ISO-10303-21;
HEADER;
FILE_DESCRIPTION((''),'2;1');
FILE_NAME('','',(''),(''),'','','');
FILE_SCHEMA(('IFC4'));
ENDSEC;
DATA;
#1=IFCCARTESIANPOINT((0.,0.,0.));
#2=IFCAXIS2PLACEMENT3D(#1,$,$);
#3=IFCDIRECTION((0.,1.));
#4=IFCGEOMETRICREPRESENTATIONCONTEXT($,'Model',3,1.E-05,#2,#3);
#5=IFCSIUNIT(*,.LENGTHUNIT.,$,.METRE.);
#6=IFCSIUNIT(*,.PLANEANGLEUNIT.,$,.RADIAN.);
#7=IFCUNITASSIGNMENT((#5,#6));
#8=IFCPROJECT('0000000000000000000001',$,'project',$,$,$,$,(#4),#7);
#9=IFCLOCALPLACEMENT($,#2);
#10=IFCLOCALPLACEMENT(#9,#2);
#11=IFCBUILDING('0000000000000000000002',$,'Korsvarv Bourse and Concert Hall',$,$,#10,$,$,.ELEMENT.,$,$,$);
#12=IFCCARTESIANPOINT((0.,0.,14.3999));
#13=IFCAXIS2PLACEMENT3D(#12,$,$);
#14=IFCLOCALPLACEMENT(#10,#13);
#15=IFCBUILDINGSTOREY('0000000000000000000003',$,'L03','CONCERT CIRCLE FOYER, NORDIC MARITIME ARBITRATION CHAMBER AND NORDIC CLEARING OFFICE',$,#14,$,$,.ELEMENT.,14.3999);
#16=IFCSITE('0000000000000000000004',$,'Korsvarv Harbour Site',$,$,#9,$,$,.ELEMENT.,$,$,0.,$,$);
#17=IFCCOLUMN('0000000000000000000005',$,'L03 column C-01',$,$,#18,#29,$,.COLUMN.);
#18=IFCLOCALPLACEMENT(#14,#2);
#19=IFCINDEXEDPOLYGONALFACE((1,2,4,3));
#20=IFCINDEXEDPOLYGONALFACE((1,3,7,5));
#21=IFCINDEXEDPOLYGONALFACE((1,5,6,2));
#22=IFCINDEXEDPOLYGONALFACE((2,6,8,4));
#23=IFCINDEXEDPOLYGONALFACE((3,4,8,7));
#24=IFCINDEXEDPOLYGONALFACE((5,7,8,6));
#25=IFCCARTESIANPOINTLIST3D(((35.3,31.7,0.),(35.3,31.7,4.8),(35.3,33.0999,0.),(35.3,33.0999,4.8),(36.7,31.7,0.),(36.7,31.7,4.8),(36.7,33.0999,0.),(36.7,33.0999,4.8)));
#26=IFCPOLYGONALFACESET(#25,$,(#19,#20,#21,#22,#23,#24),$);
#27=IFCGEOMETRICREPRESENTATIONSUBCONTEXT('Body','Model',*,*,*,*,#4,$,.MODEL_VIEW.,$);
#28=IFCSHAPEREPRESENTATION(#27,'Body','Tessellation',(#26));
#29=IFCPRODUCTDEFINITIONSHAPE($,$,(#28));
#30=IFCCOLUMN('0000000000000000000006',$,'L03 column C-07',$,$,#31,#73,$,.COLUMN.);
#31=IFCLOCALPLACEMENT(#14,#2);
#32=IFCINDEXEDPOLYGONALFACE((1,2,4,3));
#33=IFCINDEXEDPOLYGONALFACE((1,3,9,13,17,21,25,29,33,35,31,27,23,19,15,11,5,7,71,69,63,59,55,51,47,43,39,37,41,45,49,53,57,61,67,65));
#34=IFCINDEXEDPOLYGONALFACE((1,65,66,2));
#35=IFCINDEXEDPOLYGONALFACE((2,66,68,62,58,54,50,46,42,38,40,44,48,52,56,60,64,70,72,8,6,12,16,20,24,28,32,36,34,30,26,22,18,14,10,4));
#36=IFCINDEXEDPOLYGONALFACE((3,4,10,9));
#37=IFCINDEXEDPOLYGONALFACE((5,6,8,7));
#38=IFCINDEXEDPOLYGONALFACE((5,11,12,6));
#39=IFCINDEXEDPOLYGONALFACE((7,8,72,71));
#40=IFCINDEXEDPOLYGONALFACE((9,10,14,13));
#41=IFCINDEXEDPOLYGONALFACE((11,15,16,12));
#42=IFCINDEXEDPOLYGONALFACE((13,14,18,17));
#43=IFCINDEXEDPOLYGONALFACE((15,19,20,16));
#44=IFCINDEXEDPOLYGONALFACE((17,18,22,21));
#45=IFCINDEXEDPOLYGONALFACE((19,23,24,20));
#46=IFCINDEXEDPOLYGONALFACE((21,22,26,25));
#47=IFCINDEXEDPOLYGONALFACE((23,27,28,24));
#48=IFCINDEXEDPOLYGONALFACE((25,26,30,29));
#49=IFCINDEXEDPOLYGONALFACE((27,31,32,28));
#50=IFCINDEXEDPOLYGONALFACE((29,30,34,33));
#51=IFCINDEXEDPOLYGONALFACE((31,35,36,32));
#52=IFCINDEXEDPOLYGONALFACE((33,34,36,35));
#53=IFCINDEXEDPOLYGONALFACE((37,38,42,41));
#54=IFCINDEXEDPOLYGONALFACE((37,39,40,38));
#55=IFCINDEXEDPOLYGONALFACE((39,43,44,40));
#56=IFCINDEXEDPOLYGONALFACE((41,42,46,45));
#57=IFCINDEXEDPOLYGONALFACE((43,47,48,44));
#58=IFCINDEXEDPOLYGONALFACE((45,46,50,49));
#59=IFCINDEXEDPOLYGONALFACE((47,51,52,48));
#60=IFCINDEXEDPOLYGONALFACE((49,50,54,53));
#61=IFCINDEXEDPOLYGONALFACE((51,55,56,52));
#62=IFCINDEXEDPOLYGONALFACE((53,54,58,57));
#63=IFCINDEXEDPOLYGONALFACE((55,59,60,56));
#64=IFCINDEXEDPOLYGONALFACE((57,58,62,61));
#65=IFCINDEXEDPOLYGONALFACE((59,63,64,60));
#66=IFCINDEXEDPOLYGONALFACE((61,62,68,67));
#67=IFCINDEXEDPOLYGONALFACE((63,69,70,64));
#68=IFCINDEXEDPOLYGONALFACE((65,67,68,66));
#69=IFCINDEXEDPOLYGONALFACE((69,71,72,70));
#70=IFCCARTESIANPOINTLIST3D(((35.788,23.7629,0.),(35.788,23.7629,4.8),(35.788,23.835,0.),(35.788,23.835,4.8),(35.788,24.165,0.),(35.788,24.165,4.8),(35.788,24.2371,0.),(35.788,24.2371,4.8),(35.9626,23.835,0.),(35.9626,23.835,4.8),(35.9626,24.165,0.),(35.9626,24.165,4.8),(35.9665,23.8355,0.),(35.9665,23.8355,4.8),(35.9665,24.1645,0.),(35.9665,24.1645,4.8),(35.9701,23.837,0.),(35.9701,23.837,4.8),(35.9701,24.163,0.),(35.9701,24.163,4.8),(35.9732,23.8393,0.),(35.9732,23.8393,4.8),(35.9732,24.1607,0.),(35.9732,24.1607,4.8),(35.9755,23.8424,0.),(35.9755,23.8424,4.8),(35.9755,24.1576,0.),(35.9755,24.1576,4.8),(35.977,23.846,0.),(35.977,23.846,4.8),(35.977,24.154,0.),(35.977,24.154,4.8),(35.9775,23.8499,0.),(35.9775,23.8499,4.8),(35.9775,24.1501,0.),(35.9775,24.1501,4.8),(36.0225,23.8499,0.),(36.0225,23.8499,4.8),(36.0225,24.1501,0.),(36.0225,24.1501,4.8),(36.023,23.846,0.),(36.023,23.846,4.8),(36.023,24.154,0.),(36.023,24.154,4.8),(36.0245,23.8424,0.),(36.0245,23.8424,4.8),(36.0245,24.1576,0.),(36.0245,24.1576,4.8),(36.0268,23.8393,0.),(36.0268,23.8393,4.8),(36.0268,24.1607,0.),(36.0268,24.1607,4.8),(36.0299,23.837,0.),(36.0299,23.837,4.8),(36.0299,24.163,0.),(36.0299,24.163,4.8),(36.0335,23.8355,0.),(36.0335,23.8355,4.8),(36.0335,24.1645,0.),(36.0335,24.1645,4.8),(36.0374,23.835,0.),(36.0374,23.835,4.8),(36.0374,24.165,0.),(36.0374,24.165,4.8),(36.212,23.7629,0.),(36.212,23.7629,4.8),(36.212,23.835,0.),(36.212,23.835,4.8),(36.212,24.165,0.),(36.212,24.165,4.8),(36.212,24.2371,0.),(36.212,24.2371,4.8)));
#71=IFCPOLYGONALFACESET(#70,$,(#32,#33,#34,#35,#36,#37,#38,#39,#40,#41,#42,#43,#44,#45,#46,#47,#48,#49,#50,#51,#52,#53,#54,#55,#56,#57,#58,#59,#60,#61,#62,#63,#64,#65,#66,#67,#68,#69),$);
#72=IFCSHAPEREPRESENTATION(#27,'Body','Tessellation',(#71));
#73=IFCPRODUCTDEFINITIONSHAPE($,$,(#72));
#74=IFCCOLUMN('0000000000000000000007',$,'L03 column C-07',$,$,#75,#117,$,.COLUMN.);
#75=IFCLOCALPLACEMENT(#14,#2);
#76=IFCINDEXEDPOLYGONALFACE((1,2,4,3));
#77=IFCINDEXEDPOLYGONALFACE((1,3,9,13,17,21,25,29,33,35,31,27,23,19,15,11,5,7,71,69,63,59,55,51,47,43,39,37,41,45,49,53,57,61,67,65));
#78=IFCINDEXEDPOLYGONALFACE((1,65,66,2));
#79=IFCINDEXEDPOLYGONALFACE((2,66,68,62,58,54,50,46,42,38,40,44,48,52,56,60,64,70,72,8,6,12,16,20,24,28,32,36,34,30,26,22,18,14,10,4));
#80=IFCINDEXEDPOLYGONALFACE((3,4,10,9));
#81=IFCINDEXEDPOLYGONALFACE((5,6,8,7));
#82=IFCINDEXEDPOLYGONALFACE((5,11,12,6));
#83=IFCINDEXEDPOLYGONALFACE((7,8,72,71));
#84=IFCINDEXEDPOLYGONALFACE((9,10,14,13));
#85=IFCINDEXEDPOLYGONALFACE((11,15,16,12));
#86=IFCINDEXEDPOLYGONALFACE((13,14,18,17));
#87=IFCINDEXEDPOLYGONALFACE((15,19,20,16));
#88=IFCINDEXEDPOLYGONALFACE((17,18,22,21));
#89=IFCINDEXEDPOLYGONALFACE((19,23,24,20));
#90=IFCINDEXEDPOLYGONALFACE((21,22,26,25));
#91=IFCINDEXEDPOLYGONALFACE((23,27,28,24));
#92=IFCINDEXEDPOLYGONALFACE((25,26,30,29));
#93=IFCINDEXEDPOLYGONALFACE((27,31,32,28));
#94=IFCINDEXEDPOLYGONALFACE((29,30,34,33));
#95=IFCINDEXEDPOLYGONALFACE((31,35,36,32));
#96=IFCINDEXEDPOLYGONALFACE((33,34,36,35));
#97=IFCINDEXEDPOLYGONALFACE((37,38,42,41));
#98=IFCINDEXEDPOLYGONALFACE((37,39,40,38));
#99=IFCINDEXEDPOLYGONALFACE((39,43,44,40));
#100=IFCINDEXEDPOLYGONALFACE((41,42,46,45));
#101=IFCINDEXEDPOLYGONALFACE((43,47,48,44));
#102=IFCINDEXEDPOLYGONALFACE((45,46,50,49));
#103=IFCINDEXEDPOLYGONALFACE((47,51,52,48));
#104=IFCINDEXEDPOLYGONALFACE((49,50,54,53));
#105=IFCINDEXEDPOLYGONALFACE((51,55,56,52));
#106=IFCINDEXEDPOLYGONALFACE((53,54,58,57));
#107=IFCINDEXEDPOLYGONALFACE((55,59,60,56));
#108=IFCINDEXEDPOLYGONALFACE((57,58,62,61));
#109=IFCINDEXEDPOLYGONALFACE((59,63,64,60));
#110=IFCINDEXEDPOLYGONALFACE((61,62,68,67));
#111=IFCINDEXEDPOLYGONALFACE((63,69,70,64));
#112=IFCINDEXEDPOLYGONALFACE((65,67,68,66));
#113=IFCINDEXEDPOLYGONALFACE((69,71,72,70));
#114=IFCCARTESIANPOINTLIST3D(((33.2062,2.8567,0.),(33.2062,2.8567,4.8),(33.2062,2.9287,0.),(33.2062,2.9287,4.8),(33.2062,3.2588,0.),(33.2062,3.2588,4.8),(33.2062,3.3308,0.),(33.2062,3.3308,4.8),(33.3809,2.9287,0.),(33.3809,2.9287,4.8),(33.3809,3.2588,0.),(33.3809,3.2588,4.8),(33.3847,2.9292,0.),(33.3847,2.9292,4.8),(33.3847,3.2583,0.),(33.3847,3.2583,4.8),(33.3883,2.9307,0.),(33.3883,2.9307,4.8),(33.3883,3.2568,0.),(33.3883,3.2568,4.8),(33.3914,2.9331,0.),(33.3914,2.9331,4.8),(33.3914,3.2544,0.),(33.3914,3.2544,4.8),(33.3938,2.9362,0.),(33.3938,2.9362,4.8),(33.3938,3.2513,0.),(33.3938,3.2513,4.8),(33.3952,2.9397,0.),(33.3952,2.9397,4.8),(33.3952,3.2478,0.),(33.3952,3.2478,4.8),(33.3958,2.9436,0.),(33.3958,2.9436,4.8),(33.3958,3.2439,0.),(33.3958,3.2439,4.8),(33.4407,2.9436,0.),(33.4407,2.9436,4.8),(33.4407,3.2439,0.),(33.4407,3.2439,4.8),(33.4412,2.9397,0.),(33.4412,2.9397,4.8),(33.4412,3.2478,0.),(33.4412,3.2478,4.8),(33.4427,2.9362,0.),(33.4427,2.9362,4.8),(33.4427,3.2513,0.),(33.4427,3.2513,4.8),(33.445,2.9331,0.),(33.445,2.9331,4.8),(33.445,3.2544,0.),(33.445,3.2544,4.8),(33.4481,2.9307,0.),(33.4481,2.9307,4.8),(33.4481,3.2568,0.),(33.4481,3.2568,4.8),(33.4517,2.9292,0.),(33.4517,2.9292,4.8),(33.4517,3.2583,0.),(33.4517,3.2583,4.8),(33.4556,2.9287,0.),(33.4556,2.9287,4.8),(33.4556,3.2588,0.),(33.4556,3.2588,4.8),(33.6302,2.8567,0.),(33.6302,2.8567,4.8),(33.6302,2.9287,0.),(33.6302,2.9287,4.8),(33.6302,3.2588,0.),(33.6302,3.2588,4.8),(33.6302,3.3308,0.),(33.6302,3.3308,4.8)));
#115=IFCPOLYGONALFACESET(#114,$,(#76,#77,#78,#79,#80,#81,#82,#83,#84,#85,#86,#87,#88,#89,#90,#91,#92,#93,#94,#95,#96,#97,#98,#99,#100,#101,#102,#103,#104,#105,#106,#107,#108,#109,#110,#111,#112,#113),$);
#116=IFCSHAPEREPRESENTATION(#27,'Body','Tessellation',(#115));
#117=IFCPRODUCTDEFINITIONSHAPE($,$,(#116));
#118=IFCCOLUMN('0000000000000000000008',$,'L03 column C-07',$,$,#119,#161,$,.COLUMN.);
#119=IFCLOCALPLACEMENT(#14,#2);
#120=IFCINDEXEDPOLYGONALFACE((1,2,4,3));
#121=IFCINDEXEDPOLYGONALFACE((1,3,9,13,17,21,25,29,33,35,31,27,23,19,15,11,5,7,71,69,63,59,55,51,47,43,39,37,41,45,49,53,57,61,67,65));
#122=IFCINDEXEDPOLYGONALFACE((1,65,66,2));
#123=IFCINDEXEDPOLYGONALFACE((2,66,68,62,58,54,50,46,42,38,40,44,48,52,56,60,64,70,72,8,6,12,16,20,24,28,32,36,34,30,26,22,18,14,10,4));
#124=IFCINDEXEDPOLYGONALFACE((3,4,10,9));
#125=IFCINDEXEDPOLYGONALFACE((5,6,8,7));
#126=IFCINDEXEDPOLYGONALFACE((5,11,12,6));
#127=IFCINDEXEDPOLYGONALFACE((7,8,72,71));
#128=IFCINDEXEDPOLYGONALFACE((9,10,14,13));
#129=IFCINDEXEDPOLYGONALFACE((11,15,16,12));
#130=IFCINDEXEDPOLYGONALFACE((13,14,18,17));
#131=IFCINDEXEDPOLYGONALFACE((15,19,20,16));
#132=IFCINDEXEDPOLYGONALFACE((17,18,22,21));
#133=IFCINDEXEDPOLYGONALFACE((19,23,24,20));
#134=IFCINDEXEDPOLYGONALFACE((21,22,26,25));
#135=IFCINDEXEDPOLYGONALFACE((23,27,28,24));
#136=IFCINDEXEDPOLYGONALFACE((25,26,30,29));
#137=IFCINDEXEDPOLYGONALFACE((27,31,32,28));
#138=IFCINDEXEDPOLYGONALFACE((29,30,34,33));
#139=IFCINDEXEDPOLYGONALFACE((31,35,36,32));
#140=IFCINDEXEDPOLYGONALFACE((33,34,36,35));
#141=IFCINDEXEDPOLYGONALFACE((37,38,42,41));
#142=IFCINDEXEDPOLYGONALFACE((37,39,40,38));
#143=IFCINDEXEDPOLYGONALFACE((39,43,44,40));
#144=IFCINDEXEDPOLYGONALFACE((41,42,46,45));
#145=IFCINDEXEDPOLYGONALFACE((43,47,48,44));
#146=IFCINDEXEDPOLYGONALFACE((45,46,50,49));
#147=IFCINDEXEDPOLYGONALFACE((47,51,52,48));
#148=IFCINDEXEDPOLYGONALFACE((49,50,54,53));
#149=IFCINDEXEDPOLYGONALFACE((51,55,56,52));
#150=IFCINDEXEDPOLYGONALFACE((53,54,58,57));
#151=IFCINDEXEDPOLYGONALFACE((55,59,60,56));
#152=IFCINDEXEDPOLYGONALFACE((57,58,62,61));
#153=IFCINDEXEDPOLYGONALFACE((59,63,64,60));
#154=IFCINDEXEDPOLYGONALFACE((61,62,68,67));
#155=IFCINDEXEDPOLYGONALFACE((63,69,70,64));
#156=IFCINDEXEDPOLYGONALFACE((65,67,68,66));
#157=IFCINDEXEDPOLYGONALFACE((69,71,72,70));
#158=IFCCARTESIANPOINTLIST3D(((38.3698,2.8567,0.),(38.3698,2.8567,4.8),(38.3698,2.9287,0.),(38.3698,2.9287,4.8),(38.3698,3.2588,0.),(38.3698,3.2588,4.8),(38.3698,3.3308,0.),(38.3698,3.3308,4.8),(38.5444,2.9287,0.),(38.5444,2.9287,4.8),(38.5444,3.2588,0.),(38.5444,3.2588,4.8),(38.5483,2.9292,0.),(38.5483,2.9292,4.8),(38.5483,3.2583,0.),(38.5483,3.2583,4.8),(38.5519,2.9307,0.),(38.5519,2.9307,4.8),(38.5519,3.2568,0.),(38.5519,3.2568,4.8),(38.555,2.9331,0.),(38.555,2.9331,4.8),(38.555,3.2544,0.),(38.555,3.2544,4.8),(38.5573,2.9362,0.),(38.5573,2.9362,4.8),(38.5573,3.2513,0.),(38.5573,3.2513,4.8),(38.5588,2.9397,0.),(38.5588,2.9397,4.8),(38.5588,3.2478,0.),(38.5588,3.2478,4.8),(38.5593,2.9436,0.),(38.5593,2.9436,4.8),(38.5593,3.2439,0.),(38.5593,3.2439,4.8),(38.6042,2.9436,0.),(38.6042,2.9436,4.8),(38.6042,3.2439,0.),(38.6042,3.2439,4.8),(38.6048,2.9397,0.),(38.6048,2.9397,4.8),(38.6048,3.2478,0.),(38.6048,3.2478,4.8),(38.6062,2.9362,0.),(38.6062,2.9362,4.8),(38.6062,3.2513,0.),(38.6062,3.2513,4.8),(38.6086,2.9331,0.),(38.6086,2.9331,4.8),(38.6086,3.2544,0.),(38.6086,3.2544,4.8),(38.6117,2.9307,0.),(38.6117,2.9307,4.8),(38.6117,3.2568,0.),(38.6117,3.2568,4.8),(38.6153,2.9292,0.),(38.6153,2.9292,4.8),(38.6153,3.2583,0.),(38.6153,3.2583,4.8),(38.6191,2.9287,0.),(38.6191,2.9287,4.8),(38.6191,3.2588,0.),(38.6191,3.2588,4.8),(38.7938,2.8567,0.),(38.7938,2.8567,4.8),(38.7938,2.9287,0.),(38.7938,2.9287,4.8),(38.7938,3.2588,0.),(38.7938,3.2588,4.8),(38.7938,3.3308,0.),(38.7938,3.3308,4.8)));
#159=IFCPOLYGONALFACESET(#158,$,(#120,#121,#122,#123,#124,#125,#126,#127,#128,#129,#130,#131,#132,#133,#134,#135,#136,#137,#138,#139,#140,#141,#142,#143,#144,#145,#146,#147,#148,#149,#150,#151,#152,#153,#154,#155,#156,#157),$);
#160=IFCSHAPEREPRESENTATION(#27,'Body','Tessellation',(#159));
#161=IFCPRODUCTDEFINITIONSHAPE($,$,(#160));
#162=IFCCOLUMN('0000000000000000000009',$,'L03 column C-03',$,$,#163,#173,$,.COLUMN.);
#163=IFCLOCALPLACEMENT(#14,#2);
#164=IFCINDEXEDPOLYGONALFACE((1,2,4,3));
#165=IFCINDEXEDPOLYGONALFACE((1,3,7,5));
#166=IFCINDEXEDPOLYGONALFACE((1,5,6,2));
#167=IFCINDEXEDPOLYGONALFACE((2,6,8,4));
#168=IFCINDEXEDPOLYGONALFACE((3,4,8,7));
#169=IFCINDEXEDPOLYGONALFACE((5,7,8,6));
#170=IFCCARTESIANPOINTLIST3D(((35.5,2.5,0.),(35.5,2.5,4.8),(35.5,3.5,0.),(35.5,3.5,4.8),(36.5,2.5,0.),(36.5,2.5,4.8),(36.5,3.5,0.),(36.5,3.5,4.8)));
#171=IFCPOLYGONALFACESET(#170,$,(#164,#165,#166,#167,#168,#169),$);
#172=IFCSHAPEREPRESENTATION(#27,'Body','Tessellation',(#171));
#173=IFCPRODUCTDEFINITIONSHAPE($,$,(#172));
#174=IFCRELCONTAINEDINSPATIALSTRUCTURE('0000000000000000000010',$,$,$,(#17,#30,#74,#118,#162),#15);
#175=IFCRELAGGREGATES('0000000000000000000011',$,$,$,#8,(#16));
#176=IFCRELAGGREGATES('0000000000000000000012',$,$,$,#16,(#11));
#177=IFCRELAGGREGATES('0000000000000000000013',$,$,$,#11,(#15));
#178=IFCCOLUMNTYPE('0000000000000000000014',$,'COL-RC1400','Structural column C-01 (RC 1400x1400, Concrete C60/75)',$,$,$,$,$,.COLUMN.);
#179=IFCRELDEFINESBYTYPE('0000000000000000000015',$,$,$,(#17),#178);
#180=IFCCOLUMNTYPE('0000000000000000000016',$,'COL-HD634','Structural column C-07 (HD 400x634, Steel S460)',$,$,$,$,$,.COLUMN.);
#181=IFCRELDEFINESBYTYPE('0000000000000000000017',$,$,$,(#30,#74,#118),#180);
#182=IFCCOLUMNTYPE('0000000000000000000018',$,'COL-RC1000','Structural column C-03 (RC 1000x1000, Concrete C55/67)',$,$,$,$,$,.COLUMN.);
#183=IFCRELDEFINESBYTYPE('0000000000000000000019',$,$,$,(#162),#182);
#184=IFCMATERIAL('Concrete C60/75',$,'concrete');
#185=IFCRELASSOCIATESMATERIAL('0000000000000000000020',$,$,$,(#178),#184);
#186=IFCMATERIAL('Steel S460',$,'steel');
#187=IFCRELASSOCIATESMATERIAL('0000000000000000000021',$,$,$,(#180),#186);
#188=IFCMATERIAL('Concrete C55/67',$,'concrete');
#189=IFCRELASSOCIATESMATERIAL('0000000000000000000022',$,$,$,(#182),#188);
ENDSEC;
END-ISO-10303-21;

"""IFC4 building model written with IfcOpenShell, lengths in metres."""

from ifc_helpers import new_model, si_unit, direction, frame, origin, origin_2d, place, context, subcontext, project, spatial, rectangle, i_section, extrude, source, transform, mapped, material, material_profile, profile_set, type_object, element, save


model = new_model("IFC4")

# Units and contexts
model_context = context("Model", 3, precision=1e-05, world=origin(), true_north=direction((0.0, 1.0)))
body_context = subcontext(model_context, "Body", "Model", "MODEL_VIEW")
ifc_project = project(units=[si_unit("LENGTHUNIT", "METRE"), si_unit("PLANEANGLEUNIT", "RADIAN")], contexts=[model_context])

# Site, building, storey
site_placement = place(None, origin())
site = spatial("IfcSite", under=ifc_project, at=site_placement, Name="Korsvarv Harbour Site", CompositionType="ELEMENT", RefElevation=0.0)
building_placement = place(site_placement, origin())
building = spatial("IfcBuilding", under=site, at=building_placement, Name="Korsvarv Bourse and Concert Hall", CompositionType="ELEMENT")
storey_placement = place(building_placement, frame((0.0, 0.0, 14.3999)))
storey = spatial("IfcBuildingStorey", under=building, at=storey_placement, Name="L03", Description="CONCERT CIRCLE FOYER, NORDIC MARITIME ARBITRATION CHAMBER AND NORDIC CLEARING OFFICE", CompositionType="ELEMENT", Elevation=14.3999)

# Columns
ifc_material_1 = material(Name="Concrete C60/75", Category="concrete")
ifc_material_profile_1 = material_profile(ifc_material_1, rectangle(XDim=1.3999, YDim=1.3999, at=origin_2d()), Name="RC 1400x1400")
ifc_profile_set_1 = profile_set([ifc_material_profile_1], Name="Concrete C60/75")
column_type_1 = type_object("IfcColumnType", Name="COL-RC1400", Description="Structural column C-01 (RC 1400x1400, Concrete C60/75)", PredefinedType="COLUMN", material=ifc_profile_set_1)
shared_shape_1 = source(origin(), body_context, "Body", "SweptSolid", [
    extrude(rectangle(XDim=1.3999, YDim=1.3999, at=origin_2d()), origin(), (0.0, 0.0, 1.0), 4.8),
])
column_1_placement = place(storey_placement, frame((36.0, 32.3999, 0.0), z_axis=(0.0, 0.0, 1.0), x_axis=(1.0, 0.0, 0.0)))
element("IfcColumn", 1, at=column_1_placement, inside=storey, type_object=column_type_1, Name="L03 column C-01", PredefinedType="COLUMN", context=body_context, shape_type="MappedRepresentation", body=[
    mapped(shared_shape_1, transform((0.0, 0.0, 0.0), scale=1.0)),
])
ifc_material_2 = material(Name="Steel S460", Category="steel")
ifc_material_profile_2 = material_profile(ifc_material_2, i_section(OverallWidth=0.4241, OverallDepth=0.4741, WebThickness=0.0449, FlangeThickness=0.072, FilletRadius=0.0149, at=origin_2d()), Name="HD 400x634")
ifc_profile_set_2 = profile_set([ifc_material_profile_2], Name="Steel S460")
column_type_2 = type_object("IfcColumnType", Name="COL-HD634", Description="Structural column C-07 (HD 400x634, Steel S460)", PredefinedType="COLUMN", material=ifc_profile_set_2)
shared_shape_2 = source(origin(), body_context, "Body", "SweptSolid", [
    extrude(i_section(OverallWidth=0.4241, OverallDepth=0.4741, WebThickness=0.0449, FlangeThickness=0.072, FilletRadius=0.0149, at=origin_2d()), origin(), (0.0, 0.0, 1.0), 4.8),
])
for number, where, z_axis, x_axis, name in (
    (2, (36.0, 24.0, 0.0), (0.0, 0.0, 1.0), (1.0, 0.0, 0.0), "L03 column C-07"),
    (3, (33.4182, 3.0938, 0.0), (0.0, 0.0, 1.0), (1.0, 0.0, 0.0), "L03 column C-07"),
    (4, (38.5818, 3.0938, 0.0), (0.0, 0.0, 1.0), (1.0, 0.0, 0.0), "L03 column C-07"),
):
    element("IfcColumn", number, at=place(storey_placement, frame(where, z_axis=z_axis, x_axis=x_axis)), inside=storey, type_object=column_type_2, Name=name, PredefinedType="COLUMN", context=body_context, shape_type="MappedRepresentation", body=[
        mapped(shared_shape_2, transform((0.0, 0.0, 0.0), scale=1.0)),
    ])
ifc_material_3 = material(Name="Concrete C55/67", Category="concrete")
ifc_material_profile_3 = material_profile(ifc_material_3, rectangle(XDim=1.0, YDim=1.0, at=origin_2d()), Name="RC 1000x1000")
ifc_profile_set_3 = profile_set([ifc_material_profile_3], Name="Concrete C55/67")
column_type_3 = type_object("IfcColumnType", Name="COL-RC1000", Description="Structural column C-03 (RC 1000x1000, Concrete C55/67)", PredefinedType="COLUMN", material=ifc_profile_set_3)
shared_shape_3 = source(origin(), body_context, "Body", "SweptSolid", [
    extrude(rectangle(XDim=1.0, YDim=1.0, at=origin_2d()), origin(), (0.0, 0.0, 1.0), 4.8),
])
column_2_placement = place(storey_placement, frame((36.0, 3.0, 0.0), z_axis=(0.0, 0.0, 1.0), x_axis=(1.0, 0.0, 0.0)))
element("IfcColumn", 5, at=column_2_placement, inside=storey, type_object=column_type_3, Name="L03 column C-03", PredefinedType="COLUMN", context=body_context, shape_type="MappedRepresentation", body=[
    mapped(shared_shape_3, transform((0.0, 0.0, 0.0), scale=1.0)),
])

save(model, "model.ifc")
